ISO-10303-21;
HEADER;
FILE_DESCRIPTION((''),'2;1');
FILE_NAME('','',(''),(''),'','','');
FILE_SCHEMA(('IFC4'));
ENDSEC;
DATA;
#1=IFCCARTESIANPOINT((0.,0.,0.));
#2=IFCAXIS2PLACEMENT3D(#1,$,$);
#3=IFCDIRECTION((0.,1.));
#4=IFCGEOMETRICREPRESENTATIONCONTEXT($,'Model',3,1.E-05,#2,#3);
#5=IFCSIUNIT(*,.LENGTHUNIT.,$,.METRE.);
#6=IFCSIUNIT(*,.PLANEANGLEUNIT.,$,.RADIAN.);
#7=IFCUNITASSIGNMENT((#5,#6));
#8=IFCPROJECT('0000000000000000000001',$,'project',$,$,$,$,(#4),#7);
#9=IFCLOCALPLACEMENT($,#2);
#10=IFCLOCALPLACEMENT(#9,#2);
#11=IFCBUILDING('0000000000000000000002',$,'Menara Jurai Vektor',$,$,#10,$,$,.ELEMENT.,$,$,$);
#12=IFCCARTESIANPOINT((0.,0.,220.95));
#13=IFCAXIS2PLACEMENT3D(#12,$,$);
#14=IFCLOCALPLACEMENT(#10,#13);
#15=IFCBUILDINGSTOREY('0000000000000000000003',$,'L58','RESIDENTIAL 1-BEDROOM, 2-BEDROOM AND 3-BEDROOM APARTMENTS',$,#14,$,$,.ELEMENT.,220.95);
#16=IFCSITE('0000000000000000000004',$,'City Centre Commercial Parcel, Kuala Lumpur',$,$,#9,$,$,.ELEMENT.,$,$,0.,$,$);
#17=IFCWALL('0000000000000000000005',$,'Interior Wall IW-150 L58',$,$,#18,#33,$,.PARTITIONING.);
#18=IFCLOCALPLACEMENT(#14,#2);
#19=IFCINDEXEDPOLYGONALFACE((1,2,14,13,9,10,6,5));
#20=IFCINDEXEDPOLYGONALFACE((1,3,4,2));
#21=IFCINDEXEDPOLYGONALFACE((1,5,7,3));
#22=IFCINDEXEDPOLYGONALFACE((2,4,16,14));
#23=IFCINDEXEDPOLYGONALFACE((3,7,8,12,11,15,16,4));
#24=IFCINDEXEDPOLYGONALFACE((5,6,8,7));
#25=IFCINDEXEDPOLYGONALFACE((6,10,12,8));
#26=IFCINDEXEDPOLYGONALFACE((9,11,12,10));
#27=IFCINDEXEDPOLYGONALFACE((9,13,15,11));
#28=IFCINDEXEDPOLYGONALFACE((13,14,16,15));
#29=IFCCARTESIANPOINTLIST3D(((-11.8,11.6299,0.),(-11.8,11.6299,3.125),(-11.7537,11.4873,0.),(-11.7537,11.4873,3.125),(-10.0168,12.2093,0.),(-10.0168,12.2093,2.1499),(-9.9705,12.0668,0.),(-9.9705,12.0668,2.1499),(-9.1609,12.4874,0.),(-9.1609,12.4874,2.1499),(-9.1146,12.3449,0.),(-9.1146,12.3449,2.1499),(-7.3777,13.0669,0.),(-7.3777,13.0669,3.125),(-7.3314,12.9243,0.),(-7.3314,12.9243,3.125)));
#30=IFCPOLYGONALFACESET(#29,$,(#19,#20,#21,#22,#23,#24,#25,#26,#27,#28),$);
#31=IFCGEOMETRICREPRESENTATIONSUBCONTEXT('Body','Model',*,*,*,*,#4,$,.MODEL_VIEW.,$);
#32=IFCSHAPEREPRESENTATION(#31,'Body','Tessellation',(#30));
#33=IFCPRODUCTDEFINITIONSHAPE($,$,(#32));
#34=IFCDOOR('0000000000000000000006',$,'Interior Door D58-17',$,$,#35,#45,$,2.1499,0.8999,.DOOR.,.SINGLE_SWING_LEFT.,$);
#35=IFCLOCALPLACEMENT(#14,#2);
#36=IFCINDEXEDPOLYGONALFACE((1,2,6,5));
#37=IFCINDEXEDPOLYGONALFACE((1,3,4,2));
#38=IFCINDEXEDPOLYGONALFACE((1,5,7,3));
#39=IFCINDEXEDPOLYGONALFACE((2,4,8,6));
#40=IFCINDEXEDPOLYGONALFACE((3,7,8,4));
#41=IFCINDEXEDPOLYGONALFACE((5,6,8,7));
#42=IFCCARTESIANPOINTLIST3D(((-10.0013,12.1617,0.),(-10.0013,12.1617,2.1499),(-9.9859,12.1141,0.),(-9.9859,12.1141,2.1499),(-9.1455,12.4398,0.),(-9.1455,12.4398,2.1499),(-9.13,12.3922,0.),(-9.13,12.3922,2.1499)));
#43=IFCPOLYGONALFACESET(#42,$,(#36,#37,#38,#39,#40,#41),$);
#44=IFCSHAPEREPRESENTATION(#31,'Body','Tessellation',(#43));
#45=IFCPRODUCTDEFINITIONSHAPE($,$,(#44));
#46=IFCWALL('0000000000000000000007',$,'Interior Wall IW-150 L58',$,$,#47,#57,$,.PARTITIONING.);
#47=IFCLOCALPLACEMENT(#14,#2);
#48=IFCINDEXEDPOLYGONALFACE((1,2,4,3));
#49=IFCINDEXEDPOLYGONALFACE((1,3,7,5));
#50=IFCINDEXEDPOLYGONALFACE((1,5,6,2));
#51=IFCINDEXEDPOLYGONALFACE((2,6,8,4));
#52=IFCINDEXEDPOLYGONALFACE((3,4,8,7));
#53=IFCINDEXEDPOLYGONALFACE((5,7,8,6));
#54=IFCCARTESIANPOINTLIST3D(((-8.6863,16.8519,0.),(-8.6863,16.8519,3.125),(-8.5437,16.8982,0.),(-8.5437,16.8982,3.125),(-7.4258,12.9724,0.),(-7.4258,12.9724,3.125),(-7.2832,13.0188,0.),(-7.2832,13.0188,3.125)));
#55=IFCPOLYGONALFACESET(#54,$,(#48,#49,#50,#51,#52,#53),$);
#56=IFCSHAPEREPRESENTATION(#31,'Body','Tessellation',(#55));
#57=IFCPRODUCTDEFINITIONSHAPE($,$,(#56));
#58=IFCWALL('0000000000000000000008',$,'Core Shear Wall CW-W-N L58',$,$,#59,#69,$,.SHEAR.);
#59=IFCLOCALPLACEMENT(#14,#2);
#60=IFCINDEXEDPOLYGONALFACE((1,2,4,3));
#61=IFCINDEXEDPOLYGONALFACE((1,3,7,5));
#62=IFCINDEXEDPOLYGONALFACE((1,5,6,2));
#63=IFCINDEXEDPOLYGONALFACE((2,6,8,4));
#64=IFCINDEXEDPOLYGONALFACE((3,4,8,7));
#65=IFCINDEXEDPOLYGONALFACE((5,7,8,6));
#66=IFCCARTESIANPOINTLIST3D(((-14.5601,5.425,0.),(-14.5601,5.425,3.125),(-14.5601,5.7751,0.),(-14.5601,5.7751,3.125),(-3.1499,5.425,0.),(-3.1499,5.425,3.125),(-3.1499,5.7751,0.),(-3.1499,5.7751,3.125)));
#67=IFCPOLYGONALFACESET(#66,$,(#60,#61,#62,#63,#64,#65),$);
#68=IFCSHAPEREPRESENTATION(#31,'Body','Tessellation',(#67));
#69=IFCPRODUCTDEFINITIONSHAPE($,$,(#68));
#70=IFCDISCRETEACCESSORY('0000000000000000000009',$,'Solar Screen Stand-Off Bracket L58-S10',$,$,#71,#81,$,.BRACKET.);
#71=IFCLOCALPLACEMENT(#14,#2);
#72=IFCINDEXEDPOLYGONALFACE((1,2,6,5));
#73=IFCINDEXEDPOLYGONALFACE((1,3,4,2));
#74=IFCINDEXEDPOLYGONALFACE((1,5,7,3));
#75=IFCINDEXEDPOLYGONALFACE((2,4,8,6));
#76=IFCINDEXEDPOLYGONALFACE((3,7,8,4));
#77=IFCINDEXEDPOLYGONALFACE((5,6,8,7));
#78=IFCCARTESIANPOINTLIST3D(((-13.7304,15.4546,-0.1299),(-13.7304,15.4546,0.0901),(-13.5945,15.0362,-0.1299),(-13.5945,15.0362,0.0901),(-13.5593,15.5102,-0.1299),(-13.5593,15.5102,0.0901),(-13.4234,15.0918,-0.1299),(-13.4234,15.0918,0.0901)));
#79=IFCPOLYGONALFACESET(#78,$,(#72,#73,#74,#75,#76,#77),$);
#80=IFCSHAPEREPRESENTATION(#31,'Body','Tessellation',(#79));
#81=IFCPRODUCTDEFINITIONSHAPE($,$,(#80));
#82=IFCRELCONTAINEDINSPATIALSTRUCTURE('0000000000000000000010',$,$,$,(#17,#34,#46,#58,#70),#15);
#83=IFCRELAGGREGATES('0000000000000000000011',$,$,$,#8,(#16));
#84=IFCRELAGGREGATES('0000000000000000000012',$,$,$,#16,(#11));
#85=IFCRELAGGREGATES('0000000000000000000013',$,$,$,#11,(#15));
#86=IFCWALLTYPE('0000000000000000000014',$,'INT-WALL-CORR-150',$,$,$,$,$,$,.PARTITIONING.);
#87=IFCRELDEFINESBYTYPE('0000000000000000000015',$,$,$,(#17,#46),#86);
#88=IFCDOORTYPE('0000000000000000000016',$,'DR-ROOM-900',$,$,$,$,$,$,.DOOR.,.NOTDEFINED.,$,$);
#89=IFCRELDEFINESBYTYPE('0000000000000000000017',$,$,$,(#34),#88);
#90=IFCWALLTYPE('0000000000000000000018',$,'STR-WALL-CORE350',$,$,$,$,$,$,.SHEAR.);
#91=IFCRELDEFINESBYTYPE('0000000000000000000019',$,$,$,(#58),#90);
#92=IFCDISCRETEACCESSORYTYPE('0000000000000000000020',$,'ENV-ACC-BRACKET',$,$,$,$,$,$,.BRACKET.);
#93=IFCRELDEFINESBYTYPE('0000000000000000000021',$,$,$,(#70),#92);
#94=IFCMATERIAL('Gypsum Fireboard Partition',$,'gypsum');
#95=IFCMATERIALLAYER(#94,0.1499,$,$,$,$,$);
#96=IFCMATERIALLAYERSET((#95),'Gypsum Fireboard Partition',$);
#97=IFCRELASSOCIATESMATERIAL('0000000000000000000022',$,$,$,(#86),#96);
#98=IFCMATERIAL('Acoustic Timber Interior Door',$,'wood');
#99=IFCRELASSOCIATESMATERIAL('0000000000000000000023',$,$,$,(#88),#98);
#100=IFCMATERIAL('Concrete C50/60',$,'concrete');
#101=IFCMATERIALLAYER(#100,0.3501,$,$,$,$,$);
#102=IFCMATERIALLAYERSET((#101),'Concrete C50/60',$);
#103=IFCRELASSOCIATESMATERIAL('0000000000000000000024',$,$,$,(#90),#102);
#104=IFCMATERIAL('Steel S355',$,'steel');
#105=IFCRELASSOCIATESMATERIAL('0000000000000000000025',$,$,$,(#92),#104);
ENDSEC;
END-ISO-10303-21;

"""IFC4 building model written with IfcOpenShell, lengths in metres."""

from ifc_helpers import new_model, si_unit, direction, frame, frame_2d, origin, origin_2d, place, context, subcontext, project, spatial, rectangle, extrude, material, layer, layer_set, type_object, element, fill, save


model = new_model("IFC4")

# Units and contexts
model_context = context("Model", 3, precision=1e-05, world=origin(), true_north=direction((0.0, 1.0)))
body_context = subcontext(model_context, "Body", "Model", "MODEL_VIEW")
ifc_project = project(units=[si_unit("LENGTHUNIT", "METRE"), si_unit("PLANEANGLEUNIT", "RADIAN")], contexts=[model_context])

# Site, building, storey
site_placement = place(None, origin())
site = spatial("IfcSite", under=ifc_project, at=site_placement, Name="City Centre Commercial Parcel, Kuala Lumpur", CompositionType="ELEMENT", RefElevation=0.0)
building_placement = place(site_placement, origin())
building = spatial("IfcBuilding", under=site, at=building_placement, Name="Menara Jurai Vektor", CompositionType="ELEMENT")
storey_placement = place(building_placement, frame((0.0, 0.0, 220.95)))
storey = spatial("IfcBuildingStorey", under=building, at=storey_placement, Name="L58", Description="RESIDENTIAL 1-BEDROOM, 2-BEDROOM AND 3-BEDROOM APARTMENTS", CompositionType="ELEMENT", Elevation=220.95)

# Shared definitions
ifc_material_1 = material(Name="Steel S355", Category="steel")

# Shared definitions
ifc_material_2 = material(Name="Gypsum Fireboard Partition", Category="gypsum")
ifc_layer_1 = layer(ifc_material_2, 0.1499)
ifc_layer_set_1 = layer_set([ifc_layer_1], Name="Gypsum Fireboard Partition")
wall_type_1 = type_object("IfcWallType", Name="INT-WALL-CORR-150", PredefinedType="PARTITIONING", material=ifc_layer_set_1)

# Wall, opening, door
wall_1_placement = place(storey_placement, frame((-11.7769, 11.5586, 0.0), z_axis=(0.0, 0.0, 1.0), x_axis=(0.95105, 0.309036, 0.0)))
wall_1 = element("IfcWall", 1, at=wall_1_placement, inside=storey, type_object=wall_type_1, Name="Interior Wall IW-150 L58", PredefinedType="PARTITIONING", context=body_context, shape_type="SweptSolid", body=[
    extrude(rectangle(XDim=4.6499, YDim=0.1499, at=frame_2d((2.325, 0.0))), origin(), (0.0, 0.0, 1.0), 3.125),
])
opening_1_placement = place(wall_1_placement, frame((1.875, 0.0, 0.0)))
opening_1 = element("IfcOpeningElement", 2, at=opening_1_placement, cuts=wall_1, PredefinedType="OPENING", context=body_context, shape_type="SweptSolid", body=[
    extrude(rectangle(XDim=0.8999, YDim=2.1499, at=frame_2d((0.45, 1.075))), frame((0.0, 0.085, 0.0), z_axis=(0.0, -1.0, 0.0), x_axis=(1.0, 0.0, 0.0)), (0.0, 0.0, 1.0), 0.1699),
])
ifc_material_3 = material(Name="Acoustic Timber Interior Door", Category="wood")
door_type_1 = type_object("IfcDoorType", Name="DR-ROOM-900", OperationType="NOTDEFINED", PredefinedType="DOOR", material=ifc_material_3)
door_1_placement = place(opening_1_placement, origin())
door_1 = element("IfcDoor", 3, at=door_1_placement, inside=storey, type_object=door_type_1, Name="Interior Door D58-17", OperationType="SINGLE_SWING_LEFT", OverallHeight=2.1499, OverallWidth=0.8999, PredefinedType="DOOR", context=body_context, shape_type="SweptSolid", body=[
    extrude(rectangle(XDim=0.8999, YDim=2.1499, at=frame_2d((0.45, 1.075))), frame((0.0, 0.0249, 0.0), z_axis=(0.0, -1.0, 0.0), x_axis=(1.0, 0.0, 0.0)), (0.0, 0.0, 1.0), 0.05),
])
fill(opening_1, door_1)

# Walls
wall_2_placement = place(storey_placement, frame((-7.3545, 12.9956, 0.0), z_axis=(0.0, 0.0, 1.0), x_axis=(-0.309018, 0.951056, 0.0)))
element("IfcWall", 4, at=wall_2_placement, inside=storey, type_object=wall_type_1, Name="Interior Wall IW-150 L58", PredefinedType="PARTITIONING", context=body_context, shape_type="SweptSolid", body=[
    extrude(rectangle(XDim=4.0791, YDim=0.1499, at=frame_2d((2.0396, 0.0))), origin(), (0.0, 0.0, 1.0), 3.125),
])
ifc_material_4 = material(Name="Concrete C50/60", Category="concrete")
ifc_layer_2 = layer(ifc_material_4, 0.3501)
ifc_layer_set_2 = layer_set([ifc_layer_2], Name="Concrete C50/60")
wall_type_2 = type_object("IfcWallType", Name="STR-WALL-CORE350", PredefinedType="SHEAR", material=ifc_layer_set_2)
wall_3_placement = place(storey_placement, frame((-14.5601, 5.6001, 0.0), z_axis=(0.0, 0.0, 1.0), x_axis=(1.0, 0.0, 0.0)))
element("IfcWall", 5, at=wall_3_placement, inside=storey, type_object=wall_type_2, Name="Core Shear Wall CW-W-N L58", PredefinedType="SHEAR", context=body_context, shape_type="SweptSolid", body=[
    extrude(rectangle(XDim=11.4102, YDim=0.3501, at=frame_2d((5.7051, 0.0))), origin(), (0.0, 0.0, 1.0), 3.125),
])

# Discrete accessory
discrete_accessory_type = type_object("IfcDiscreteAccessoryType", Name="ENV-ACC-BRACKET", PredefinedType="BRACKET", material=ifc_material_1)
discrete_accessory_placement = place(storey_placement, frame((-13.5769, 15.2732, -0.1299), z_axis=(0.0, 0.0, 1.0), x_axis=(-0.951057, -0.309017, 0.0)))
element("IfcDiscreteAccessory", 6, at=discrete_accessory_placement, inside=storey, type_object=discrete_accessory_type, Name="Solar Screen Stand-Off Bracket L58-S10", PredefinedType="BRACKET", context=body_context, shape_type="SweptSolid", body=[
    extrude(rectangle(XDim=0.1799, YDim=0.4399, at=origin_2d()), origin(), (0.0, 0.0, 1.0), 0.22),
])

save(model, "model.ifc")
